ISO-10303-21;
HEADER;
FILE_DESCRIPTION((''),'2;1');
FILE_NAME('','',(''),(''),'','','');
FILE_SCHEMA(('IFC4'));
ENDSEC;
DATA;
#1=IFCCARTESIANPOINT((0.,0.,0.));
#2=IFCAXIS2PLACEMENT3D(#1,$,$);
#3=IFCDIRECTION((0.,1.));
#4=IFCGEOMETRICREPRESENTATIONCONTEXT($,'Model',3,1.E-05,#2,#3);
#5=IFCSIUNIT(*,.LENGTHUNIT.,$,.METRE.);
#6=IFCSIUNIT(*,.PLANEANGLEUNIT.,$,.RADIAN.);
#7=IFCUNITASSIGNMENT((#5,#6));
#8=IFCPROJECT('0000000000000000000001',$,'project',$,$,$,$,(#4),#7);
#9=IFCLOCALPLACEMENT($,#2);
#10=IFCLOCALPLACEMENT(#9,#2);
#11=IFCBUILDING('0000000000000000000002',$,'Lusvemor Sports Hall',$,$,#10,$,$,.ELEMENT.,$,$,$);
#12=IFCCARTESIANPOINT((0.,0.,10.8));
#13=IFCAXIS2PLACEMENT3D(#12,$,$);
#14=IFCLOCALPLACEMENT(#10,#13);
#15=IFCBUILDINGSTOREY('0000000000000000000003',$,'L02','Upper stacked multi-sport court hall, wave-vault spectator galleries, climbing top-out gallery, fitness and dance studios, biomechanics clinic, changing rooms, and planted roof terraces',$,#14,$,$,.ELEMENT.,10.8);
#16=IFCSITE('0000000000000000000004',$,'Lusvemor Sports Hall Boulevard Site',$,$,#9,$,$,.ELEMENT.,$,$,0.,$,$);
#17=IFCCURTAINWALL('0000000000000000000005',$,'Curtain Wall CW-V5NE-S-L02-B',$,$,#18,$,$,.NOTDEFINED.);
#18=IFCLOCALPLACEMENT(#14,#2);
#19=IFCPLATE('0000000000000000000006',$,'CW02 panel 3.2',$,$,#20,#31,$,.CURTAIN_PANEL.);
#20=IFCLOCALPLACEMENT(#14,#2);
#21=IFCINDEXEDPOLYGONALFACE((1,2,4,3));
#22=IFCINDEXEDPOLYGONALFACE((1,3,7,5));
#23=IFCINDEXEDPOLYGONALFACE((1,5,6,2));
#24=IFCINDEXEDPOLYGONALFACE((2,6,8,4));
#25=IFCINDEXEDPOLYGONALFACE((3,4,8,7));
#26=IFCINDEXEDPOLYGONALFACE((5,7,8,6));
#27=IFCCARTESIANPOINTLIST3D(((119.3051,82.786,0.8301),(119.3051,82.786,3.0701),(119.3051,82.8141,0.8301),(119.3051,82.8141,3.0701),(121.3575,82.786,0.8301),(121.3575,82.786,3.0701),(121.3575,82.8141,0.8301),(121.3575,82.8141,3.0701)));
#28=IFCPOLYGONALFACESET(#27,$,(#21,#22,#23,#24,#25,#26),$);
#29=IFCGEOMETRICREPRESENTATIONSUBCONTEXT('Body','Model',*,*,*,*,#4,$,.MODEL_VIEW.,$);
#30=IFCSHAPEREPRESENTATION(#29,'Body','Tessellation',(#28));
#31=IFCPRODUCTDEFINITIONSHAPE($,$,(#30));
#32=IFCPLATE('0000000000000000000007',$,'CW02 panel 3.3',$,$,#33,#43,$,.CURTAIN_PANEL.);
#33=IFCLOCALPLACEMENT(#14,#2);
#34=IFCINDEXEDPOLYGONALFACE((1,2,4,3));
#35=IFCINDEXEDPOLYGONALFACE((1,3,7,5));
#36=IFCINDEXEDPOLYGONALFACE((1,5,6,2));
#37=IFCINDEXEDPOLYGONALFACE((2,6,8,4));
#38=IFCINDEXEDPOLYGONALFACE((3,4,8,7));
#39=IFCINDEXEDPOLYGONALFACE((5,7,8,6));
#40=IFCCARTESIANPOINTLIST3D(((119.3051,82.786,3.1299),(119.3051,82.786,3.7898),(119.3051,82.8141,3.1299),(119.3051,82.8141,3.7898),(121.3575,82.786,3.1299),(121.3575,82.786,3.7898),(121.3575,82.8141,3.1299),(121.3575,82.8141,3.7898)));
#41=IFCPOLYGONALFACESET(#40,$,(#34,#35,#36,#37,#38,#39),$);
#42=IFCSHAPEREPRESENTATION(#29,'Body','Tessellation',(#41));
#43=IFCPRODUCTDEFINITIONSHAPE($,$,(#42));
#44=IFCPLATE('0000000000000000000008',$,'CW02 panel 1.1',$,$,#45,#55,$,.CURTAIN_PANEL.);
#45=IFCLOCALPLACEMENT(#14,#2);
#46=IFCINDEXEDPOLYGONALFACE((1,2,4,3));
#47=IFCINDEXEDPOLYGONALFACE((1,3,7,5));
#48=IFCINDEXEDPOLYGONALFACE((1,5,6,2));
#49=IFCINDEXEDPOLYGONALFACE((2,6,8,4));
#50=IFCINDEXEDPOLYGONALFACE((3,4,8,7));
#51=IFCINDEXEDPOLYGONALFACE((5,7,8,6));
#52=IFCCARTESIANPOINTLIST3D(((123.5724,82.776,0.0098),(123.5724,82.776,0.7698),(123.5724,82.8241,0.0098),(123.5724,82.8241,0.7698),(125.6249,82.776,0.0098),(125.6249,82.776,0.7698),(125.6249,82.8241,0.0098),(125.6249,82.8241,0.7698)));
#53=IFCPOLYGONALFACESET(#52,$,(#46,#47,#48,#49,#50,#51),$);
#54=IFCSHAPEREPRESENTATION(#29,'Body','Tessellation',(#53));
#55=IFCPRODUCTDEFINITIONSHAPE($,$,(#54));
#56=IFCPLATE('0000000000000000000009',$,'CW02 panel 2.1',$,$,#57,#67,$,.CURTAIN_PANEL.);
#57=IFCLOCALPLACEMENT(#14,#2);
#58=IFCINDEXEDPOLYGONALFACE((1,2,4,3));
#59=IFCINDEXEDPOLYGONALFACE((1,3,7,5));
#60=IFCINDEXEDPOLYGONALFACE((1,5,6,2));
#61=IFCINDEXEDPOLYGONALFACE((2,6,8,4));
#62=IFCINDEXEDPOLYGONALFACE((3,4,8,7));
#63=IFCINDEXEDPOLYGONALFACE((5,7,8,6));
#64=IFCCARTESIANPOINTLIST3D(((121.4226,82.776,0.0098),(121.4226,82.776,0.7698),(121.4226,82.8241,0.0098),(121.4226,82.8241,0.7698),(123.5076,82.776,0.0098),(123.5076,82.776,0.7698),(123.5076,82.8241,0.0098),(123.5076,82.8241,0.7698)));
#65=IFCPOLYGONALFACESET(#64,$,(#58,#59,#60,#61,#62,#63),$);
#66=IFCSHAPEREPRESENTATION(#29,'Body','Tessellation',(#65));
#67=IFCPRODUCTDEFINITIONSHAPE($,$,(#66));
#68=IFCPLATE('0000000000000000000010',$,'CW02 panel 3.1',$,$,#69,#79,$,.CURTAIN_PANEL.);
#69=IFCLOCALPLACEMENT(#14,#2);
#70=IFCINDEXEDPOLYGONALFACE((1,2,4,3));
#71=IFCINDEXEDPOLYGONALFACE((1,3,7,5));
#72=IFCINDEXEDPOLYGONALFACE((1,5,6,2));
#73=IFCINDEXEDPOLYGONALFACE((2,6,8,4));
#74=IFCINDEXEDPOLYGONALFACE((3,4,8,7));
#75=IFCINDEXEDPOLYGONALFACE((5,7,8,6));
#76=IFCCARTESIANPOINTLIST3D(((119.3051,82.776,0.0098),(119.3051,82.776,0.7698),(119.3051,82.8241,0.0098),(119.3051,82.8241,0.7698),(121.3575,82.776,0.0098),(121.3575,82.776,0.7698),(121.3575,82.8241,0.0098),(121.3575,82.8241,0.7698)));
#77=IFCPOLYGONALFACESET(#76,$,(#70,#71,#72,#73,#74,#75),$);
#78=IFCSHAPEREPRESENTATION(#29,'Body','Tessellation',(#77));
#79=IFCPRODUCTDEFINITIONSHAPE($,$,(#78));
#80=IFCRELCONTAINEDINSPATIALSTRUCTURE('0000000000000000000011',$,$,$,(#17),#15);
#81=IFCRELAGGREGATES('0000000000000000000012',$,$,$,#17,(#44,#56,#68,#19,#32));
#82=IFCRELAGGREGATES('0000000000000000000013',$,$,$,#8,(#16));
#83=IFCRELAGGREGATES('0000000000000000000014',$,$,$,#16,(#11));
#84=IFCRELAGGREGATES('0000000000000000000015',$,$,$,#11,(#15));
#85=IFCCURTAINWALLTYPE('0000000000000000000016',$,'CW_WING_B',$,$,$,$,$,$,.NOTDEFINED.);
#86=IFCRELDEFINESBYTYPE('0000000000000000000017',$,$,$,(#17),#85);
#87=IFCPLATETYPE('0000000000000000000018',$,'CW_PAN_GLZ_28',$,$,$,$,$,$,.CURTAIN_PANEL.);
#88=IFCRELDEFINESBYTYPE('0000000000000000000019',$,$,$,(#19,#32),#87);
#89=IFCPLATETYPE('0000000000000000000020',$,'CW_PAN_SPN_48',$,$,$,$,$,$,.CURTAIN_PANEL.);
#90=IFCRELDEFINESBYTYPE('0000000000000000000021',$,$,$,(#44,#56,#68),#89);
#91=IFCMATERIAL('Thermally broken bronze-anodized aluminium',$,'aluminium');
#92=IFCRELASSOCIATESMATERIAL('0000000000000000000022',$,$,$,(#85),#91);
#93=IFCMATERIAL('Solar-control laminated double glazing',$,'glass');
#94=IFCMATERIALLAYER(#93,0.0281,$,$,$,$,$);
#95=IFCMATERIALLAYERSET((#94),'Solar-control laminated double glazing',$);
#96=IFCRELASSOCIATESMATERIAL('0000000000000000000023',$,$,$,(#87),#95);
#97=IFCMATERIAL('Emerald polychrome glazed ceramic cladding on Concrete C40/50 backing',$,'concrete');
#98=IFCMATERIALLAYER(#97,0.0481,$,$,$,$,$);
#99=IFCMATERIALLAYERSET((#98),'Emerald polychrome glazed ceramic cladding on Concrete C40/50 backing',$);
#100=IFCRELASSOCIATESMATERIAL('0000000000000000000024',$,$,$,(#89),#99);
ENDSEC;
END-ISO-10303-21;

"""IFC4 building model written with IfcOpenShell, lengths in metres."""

from ifc_helpers import new_model, si_unit, direction, frame, origin, origin_2d, place, context, subcontext, project, spatial, rectangle, extrude, material, layer, layer_set, type_object, element, aggregate, save


model = new_model("IFC4")

# Units and contexts
model_context = context("Model", 3, precision=1e-05, world=origin(), true_north=direction((0.0, 1.0)))
body_context = subcontext(model_context, "Body", "Model", "MODEL_VIEW")
ifc_project = project(units=[si_unit("LENGTHUNIT", "METRE"), si_unit("PLANEANGLEUNIT", "RADIAN")], contexts=[model_context])

# Site, building, storey
site_placement = place(None, origin())
site = spatial("IfcSite", under=ifc_project, at=site_placement, Name="Lusvemor Sports Hall Boulevard Site", CompositionType="ELEMENT", RefElevation=0.0)
building_placement = place(site_placement, origin())
building = spatial("IfcBuilding", under=site, at=building_placement, Name="Lusvemor Sports Hall", CompositionType="ELEMENT")
storey_placement = place(building_placement, frame((0.0, 0.0, 10.8)))
storey = spatial("IfcBuildingStorey", under=building, at=storey_placement, Name="L02", Description="Upper stacked multi-sport court hall, wave-vault spectator galleries, climbing top-out gallery, fitness and dance studios, biomechanics clinic, changing rooms, and planted roof terraces", CompositionType="ELEMENT", Elevation=10.8)

# Curtain wall, plates
ifc_material_1 = material(Name="Thermally broken bronze-anodized aluminium", Category="aluminium")
curtain_wall_type = type_object("IfcCurtainWallType", Name="CW_WING_B", PredefinedType="NOTDEFINED", material=ifc_material_1)
curtain_wall_placement = place(storey_placement, origin())
curtain_wall = element("IfcCurtainWall", 1, at=curtain_wall_placement, inside=storey, type_object=curtain_wall_type, Name="Curtain Wall CW-V5NE-S-L02-B", PredefinedType="NOTDEFINED")
ifc_material_2 = material(Name="Solar-control laminated double glazing", Category="glass")
ifc_layer_1 = layer(ifc_material_2, 0.0281)
ifc_layer_set_1 = layer_set([ifc_layer_1], Name="Solar-control laminated double glazing")
plate_type_1 = type_object("IfcPlateType", Name="CW_PAN_GLZ_28", PredefinedType="CURTAIN_PANEL", material=ifc_layer_set_1)
plate_1_placement = place(storey_placement, frame((120.3313, 82.8, 0.8301), z_axis=(0.0, 0.0, 1.0), x_axis=(-1.0, 0.0, 0.0)))
plate_1 = element("IfcPlate", 2, at=plate_1_placement, type_object=plate_type_1, Name="CW02 panel 3.2", PredefinedType="CURTAIN_PANEL", context=body_context, shape_type="SweptSolid", body=[
    extrude(rectangle(XDim=2.0525, YDim=0.0281, at=origin_2d()), origin(), (0.0, 0.0, 1.0), 2.24),
])
plate_2_placement = place(storey_placement, frame((120.3313, 82.8, 3.1299), z_axis=(0.0, 0.0, 1.0), x_axis=(-1.0, 0.0, 0.0)))
plate_2 = element("IfcPlate", 3, at=plate_2_placement, type_object=plate_type_1, Name="CW02 panel 3.3", PredefinedType="CURTAIN_PANEL", context=body_context, shape_type="SweptSolid", body=[
    extrude(rectangle(XDim=2.0525, YDim=0.0281, at=origin_2d()), origin(), (0.0, 0.0, 1.0), 0.6599),
])
ifc_material_3 = material(Name="Emerald polychrome glazed ceramic cladding on Concrete C40/50 backing", Category="concrete")
ifc_layer_2 = layer(ifc_material_3, 0.0481)
ifc_layer_set_2 = layer_set([ifc_layer_2], Name="Emerald polychrome glazed ceramic cladding on Concrete C40/50 backing")
plate_type_2 = type_object("IfcPlateType", Name="CW_PAN_SPN_48", PredefinedType="CURTAIN_PANEL", material=ifc_layer_set_2)
plate_3_placement = place(storey_placement, frame((124.5986, 82.8, 0.0098), z_axis=(0.0, 0.0, 1.0), x_axis=(-1.0, 0.0, 0.0)))
plate_3 = element("IfcPlate", 4, at=plate_3_placement, type_object=plate_type_2, Name="CW02 panel 1.1", PredefinedType="CURTAIN_PANEL", context=body_context, shape_type="SweptSolid", body=[
    extrude(rectangle(XDim=2.0525, YDim=0.0481, at=origin_2d()), origin(), (0.0, 0.0, 1.0), 0.76),
])
plate_4_placement = place(storey_placement, frame((122.4651, 82.8, 0.0098), z_axis=(0.0, 0.0, 1.0), x_axis=(-1.0, 0.0, 0.0)))
plate_4 = element("IfcPlate", 5, at=plate_4_placement, type_object=plate_type_2, Name="CW02 panel 2.1", PredefinedType="CURTAIN_PANEL", context=body_context, shape_type="SweptSolid", body=[
    extrude(rectangle(XDim=2.085, YDim=0.0481, at=origin_2d()), origin(), (0.0, 0.0, 1.0), 0.76),
])
plate_5_placement = place(storey_placement, frame((120.3313, 82.8, 0.0098), z_axis=(0.0, 0.0, 1.0), x_axis=(-1.0, 0.0, 0.0)))
plate_5 = element("IfcPlate", 6, at=plate_5_placement, type_object=plate_type_2, Name="CW02 panel 3.1", PredefinedType="CURTAIN_PANEL", context=body_context, shape_type="SweptSolid", body=[
    extrude(rectangle(XDim=2.0525, YDim=0.0481, at=origin_2d()), origin(), (0.0, 0.0, 1.0), 0.76),
])
aggregate(curtain_wall, [plate_3, plate_4, plate_5, plate_1, plate_2])

save(model, "model.ifc")
